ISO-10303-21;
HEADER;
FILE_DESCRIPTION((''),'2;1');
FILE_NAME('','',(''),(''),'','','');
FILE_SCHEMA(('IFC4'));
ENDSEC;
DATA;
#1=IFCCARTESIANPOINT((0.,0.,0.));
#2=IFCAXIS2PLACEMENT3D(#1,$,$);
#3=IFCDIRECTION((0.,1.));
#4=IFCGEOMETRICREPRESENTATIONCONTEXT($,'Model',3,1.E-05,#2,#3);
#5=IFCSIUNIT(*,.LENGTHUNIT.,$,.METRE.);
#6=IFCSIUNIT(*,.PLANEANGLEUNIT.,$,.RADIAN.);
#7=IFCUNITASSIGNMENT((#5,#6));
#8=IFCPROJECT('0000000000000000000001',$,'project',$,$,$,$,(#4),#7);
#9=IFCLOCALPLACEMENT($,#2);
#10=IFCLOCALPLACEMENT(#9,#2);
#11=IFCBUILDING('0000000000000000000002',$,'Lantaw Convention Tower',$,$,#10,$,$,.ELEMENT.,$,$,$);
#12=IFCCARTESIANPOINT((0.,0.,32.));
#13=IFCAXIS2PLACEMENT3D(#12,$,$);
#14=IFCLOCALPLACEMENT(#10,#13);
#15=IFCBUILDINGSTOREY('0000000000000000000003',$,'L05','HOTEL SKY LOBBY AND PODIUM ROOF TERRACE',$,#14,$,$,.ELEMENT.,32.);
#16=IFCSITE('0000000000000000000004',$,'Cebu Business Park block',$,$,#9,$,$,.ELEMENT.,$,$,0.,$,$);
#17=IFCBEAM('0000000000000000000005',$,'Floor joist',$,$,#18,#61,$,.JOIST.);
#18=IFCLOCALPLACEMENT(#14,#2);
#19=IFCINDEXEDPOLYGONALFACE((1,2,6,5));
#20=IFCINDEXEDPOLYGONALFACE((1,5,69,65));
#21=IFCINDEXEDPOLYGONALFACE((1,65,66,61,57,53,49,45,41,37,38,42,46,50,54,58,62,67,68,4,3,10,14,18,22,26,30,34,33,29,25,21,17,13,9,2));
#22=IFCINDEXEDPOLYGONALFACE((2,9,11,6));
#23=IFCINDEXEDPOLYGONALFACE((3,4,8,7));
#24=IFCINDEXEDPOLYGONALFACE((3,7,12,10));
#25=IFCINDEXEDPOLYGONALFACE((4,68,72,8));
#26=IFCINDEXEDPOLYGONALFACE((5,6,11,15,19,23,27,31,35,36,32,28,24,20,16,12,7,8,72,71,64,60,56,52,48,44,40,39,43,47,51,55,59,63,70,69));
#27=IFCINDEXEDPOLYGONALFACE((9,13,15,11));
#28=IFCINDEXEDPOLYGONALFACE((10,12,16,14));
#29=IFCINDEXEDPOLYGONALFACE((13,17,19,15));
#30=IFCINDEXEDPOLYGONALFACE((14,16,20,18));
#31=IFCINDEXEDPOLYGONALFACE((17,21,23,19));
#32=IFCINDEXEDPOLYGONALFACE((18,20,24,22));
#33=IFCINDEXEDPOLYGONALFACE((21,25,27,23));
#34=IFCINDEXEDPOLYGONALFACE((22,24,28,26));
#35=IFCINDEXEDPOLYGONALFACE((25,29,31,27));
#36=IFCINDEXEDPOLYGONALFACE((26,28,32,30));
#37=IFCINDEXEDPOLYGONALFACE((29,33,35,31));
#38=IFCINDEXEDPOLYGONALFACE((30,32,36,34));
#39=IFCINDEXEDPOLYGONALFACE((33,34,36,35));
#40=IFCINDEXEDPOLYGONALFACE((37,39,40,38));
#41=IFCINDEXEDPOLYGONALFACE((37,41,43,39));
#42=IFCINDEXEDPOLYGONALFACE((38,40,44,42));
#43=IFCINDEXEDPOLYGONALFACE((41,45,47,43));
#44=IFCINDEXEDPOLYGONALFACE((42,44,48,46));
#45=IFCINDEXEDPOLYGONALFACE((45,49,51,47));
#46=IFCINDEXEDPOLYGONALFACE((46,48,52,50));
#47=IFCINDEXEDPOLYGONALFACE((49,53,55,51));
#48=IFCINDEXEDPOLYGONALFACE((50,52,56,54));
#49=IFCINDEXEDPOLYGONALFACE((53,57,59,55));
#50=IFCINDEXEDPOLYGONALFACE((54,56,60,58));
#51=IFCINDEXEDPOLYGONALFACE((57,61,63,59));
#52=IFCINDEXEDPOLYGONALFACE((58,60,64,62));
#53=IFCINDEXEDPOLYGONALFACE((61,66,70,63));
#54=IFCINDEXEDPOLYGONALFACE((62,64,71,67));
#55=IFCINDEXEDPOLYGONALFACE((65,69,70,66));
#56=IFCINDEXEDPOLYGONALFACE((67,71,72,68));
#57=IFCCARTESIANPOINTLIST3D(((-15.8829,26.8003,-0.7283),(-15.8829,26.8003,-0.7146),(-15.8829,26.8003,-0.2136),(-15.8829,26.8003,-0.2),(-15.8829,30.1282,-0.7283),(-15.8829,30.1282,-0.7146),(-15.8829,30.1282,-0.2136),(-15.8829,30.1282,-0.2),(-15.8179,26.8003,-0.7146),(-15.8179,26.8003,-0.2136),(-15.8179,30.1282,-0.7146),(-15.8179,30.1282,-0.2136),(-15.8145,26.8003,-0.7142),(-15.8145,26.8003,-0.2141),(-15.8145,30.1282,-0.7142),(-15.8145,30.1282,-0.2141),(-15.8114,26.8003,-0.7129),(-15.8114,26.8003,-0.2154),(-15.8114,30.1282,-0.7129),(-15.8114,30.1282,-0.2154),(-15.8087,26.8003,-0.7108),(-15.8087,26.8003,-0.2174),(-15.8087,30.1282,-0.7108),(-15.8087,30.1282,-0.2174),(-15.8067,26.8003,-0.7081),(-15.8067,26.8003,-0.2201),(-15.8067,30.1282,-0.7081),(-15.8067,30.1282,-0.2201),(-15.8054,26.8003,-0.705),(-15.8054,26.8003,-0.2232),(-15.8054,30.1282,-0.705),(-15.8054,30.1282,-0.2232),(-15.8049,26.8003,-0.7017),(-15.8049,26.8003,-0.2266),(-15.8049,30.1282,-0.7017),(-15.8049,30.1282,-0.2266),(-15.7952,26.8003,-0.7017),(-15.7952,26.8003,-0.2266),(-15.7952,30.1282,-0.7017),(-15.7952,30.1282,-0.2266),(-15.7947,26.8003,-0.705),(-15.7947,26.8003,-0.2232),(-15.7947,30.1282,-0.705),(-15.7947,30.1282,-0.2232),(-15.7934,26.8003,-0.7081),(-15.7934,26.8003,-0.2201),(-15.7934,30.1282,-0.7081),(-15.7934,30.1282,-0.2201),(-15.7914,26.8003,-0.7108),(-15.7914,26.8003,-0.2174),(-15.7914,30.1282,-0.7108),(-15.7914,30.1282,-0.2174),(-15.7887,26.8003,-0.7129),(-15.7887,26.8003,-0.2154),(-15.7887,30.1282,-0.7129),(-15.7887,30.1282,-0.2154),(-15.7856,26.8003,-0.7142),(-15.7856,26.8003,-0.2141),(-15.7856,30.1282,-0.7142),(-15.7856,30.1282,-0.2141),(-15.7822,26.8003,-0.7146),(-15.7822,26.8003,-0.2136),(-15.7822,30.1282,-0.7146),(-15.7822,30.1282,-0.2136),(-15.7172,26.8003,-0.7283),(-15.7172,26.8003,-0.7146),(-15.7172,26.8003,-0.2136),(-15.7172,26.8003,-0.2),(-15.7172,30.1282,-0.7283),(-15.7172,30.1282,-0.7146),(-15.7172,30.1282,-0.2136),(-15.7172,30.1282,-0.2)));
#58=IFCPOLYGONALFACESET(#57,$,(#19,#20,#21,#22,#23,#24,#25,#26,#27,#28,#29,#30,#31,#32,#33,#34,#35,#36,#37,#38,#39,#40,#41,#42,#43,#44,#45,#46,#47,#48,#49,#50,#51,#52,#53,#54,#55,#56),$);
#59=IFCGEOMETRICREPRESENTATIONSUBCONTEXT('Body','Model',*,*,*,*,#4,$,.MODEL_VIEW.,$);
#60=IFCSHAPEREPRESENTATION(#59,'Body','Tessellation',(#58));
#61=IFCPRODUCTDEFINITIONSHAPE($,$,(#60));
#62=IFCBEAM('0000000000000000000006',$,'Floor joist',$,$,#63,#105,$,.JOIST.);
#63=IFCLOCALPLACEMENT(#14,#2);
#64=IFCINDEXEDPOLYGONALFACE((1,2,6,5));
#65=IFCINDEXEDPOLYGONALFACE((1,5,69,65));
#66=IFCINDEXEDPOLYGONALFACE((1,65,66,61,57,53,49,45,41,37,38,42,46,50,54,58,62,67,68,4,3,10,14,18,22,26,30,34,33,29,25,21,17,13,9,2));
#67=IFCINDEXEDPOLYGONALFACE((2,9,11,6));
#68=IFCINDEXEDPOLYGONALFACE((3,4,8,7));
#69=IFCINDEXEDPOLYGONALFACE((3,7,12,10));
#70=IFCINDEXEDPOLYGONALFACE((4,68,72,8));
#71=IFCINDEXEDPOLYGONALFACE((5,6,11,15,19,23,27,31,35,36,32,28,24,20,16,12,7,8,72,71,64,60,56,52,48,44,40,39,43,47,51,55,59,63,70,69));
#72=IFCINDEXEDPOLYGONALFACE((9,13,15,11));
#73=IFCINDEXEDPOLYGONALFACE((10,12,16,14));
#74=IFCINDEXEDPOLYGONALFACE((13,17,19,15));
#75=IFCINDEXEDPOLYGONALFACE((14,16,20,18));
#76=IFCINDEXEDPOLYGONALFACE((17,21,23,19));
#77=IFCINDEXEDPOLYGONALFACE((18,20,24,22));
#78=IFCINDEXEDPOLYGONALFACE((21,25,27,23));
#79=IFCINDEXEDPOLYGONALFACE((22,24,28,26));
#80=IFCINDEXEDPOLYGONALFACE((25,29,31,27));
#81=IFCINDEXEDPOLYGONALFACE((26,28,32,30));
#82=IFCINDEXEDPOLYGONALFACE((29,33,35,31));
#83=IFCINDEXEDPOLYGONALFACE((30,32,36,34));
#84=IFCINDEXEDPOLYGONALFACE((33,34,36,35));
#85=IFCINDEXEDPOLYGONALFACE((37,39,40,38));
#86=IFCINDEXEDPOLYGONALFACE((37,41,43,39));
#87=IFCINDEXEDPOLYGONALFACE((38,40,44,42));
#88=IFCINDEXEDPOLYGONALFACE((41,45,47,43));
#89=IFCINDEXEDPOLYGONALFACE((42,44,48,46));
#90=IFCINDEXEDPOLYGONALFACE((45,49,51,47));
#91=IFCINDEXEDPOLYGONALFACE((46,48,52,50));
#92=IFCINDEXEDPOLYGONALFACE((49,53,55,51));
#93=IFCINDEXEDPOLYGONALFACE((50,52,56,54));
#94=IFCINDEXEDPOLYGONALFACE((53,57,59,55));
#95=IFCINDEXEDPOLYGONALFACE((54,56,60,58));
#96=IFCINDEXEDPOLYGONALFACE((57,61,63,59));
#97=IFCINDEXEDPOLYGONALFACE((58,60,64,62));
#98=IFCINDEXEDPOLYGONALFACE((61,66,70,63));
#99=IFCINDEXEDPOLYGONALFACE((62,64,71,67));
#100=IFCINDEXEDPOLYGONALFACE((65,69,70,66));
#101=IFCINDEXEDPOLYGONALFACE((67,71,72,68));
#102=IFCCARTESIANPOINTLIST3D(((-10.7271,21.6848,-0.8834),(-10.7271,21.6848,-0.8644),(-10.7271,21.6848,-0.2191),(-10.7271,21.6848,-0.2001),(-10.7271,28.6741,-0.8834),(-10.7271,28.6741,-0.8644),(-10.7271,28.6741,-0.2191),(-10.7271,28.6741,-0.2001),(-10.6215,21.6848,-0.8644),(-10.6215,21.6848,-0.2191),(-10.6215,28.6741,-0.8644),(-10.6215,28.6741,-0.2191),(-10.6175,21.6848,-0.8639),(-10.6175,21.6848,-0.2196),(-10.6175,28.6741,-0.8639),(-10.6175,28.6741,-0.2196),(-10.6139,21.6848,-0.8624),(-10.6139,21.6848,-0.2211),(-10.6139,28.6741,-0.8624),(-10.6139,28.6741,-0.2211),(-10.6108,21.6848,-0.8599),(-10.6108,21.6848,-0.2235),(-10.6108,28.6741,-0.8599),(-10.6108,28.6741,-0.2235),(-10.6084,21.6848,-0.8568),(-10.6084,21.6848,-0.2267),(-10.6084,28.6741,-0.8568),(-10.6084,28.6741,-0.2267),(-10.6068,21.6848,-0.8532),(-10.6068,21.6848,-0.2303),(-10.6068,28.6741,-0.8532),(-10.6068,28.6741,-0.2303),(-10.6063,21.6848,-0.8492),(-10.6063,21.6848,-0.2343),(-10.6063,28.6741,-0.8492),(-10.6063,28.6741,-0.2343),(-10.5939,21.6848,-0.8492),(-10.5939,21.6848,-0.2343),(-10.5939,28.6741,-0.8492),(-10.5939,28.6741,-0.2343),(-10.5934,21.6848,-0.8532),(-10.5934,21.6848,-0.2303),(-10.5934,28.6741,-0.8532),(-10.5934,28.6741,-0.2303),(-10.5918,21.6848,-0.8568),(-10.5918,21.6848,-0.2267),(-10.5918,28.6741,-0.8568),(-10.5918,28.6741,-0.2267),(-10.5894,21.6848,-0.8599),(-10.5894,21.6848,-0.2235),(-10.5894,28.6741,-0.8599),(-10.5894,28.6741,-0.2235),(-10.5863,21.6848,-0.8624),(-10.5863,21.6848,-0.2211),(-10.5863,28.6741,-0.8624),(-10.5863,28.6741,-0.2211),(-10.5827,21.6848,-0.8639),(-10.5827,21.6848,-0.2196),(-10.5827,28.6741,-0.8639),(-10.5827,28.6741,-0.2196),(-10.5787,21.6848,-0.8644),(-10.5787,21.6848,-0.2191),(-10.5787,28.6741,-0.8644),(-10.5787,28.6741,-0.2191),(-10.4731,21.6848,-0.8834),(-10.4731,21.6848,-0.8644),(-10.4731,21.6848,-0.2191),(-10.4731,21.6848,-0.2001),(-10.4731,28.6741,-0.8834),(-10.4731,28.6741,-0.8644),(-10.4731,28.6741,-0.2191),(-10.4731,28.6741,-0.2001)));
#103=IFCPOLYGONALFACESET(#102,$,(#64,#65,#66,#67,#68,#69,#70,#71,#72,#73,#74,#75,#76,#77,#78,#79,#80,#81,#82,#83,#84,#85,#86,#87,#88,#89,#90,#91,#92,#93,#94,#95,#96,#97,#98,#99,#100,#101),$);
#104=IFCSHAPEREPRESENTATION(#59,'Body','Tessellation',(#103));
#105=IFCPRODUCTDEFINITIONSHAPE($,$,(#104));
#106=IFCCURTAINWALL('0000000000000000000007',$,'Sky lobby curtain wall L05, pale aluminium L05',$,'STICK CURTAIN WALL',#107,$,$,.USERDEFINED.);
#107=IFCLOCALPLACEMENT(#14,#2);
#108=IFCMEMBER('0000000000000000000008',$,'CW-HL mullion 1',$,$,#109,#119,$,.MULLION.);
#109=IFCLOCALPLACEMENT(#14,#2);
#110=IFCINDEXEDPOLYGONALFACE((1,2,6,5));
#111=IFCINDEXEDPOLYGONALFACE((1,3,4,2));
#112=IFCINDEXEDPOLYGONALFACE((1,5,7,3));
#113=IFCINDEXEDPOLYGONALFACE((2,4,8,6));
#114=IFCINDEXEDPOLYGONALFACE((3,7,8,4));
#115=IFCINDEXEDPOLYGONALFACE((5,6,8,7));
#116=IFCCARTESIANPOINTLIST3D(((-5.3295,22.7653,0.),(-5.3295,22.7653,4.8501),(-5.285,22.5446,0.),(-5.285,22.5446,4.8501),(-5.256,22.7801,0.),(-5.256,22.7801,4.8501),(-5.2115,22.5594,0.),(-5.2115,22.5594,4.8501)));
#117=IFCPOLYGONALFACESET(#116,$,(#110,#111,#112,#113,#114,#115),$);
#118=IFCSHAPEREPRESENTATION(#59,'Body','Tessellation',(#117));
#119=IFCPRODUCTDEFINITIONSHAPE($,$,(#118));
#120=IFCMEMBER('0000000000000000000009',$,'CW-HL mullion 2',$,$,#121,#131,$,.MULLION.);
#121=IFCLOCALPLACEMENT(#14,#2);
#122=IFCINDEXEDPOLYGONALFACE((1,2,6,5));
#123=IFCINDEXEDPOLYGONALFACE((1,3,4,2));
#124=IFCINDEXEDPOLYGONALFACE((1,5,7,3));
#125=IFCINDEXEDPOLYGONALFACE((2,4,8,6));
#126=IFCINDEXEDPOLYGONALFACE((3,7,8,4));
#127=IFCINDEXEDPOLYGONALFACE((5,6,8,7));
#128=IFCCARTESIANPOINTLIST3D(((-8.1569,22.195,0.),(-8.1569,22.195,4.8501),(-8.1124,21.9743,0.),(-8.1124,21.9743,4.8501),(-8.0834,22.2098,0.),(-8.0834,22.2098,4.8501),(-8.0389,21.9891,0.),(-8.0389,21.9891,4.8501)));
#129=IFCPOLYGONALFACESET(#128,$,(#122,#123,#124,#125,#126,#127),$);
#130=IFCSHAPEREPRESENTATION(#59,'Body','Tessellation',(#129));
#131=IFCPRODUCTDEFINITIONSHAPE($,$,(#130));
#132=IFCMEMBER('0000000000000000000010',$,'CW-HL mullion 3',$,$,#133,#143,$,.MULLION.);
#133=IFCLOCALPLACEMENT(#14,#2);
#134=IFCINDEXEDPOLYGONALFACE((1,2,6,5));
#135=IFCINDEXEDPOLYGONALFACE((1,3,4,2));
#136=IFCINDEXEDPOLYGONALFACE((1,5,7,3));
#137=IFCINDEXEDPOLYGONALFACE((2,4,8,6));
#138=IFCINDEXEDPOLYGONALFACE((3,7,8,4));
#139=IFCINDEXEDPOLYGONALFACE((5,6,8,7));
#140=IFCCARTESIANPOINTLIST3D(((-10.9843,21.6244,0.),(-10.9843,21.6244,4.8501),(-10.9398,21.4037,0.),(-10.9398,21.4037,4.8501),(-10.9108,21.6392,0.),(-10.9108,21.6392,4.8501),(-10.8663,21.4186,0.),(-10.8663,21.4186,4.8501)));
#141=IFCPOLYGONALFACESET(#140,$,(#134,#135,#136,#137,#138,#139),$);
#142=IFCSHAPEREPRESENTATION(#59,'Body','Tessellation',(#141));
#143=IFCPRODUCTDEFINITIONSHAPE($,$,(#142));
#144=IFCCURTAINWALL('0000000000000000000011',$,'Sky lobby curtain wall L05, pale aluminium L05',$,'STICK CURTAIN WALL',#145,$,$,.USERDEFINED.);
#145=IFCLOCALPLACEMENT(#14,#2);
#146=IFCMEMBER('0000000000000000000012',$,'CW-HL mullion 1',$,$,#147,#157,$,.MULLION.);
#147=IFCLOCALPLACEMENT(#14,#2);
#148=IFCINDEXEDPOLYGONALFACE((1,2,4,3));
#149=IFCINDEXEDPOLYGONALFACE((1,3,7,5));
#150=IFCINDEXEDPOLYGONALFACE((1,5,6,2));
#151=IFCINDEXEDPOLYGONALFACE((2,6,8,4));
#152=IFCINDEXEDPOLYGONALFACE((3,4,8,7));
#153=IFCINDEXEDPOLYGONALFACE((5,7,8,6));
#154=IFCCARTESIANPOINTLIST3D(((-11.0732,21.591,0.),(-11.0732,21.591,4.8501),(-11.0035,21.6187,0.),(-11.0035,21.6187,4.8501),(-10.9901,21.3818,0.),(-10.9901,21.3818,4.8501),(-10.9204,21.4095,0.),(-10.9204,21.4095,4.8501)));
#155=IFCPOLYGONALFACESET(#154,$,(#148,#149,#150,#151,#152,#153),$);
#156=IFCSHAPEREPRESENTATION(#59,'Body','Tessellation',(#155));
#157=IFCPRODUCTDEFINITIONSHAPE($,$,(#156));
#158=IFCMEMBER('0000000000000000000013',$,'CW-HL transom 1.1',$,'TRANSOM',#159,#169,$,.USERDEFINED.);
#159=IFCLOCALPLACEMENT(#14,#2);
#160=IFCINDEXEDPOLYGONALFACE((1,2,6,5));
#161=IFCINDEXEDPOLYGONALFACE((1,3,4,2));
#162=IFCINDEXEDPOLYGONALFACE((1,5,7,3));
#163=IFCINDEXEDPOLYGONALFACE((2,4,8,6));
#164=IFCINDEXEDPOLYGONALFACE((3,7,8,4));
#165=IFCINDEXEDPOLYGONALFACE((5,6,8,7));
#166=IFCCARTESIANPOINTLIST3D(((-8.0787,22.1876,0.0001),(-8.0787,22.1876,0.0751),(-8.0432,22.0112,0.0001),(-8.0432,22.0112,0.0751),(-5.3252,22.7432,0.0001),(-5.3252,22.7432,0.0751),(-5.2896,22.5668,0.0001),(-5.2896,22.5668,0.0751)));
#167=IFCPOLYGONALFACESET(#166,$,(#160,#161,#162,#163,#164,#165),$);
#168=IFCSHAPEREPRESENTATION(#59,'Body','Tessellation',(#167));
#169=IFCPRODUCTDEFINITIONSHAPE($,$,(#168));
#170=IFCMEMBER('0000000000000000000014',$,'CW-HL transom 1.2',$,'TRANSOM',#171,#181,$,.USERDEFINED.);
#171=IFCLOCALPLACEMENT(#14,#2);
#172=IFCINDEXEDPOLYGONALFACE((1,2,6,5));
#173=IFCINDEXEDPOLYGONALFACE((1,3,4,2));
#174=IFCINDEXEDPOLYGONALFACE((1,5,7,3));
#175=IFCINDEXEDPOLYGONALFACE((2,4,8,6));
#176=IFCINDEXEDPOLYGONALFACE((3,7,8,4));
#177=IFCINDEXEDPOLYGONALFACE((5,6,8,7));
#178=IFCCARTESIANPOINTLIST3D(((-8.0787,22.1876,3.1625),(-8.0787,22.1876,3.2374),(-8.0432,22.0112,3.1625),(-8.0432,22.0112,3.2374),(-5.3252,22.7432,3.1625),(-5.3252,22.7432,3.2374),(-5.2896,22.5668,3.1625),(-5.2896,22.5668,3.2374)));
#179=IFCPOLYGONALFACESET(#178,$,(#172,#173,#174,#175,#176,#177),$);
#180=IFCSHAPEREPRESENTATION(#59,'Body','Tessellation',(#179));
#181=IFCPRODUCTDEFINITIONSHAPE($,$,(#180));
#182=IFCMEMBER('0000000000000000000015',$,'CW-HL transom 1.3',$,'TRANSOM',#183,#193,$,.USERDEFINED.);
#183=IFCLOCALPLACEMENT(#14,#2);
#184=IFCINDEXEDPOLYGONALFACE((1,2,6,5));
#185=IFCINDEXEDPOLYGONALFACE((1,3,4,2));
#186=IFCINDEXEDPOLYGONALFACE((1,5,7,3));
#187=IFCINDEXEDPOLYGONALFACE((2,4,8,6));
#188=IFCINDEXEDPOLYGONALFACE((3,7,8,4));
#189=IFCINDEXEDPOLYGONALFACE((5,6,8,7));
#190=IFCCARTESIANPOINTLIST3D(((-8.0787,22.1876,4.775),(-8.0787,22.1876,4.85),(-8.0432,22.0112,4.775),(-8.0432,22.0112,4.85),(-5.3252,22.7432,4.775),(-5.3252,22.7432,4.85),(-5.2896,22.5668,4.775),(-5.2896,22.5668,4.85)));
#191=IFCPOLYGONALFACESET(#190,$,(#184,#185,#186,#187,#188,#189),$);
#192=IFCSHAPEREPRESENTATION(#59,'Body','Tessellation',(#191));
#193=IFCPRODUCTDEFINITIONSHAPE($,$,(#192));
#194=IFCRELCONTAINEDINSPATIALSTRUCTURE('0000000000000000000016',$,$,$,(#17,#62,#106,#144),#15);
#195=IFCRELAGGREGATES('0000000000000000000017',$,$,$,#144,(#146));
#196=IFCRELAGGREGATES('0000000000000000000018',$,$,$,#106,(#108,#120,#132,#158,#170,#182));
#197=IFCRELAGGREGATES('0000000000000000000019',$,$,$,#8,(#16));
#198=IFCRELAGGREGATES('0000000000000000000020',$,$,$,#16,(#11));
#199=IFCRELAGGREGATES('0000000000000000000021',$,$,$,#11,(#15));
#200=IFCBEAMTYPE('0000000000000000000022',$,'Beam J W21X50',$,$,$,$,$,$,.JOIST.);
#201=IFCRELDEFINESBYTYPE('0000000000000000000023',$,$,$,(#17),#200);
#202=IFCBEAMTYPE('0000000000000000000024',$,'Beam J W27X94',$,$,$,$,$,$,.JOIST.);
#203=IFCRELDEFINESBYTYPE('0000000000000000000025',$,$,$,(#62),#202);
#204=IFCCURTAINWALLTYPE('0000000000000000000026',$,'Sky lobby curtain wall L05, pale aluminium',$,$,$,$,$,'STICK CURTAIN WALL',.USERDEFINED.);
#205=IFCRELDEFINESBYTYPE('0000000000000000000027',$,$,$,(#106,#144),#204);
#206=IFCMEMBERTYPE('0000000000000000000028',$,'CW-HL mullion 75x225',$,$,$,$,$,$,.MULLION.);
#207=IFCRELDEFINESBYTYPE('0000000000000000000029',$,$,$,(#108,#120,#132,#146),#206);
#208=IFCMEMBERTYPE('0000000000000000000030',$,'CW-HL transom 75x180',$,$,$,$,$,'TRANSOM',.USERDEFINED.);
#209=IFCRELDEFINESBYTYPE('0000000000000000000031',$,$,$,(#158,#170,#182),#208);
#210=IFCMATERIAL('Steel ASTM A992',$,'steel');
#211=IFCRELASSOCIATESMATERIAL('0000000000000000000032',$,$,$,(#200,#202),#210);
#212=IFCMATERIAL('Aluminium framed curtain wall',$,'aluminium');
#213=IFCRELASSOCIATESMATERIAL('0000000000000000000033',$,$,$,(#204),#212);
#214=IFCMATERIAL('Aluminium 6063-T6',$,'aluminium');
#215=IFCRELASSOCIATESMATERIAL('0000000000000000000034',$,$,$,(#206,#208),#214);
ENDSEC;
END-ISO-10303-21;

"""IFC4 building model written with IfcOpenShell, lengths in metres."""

from ifc_helpers import new_model, si_unit, direction, frame, origin, origin_2d, place, context, subcontext, project, spatial, rectangle, i_section, extrude, material, material_profile, profile_set, type_object, element, aggregate, save


model = new_model("IFC4")

# Units and contexts
model_context = context("Model", 3, precision=1e-05, world=origin(), true_north=direction((0.0, 1.0)))
body_context = subcontext(model_context, "Body", "Model", "MODEL_VIEW")
ifc_project = project(units=[si_unit("LENGTHUNIT", "METRE"), si_unit("PLANEANGLEUNIT", "RADIAN")], contexts=[model_context])

# Site, building, storey
site_placement = place(None, origin())
site = spatial("IfcSite", under=ifc_project, at=site_placement, Name="Cebu Business Park block", CompositionType="ELEMENT", RefElevation=0.0)
building_placement = place(site_placement, origin())
building = spatial("IfcBuilding", under=site, at=building_placement, Name="Lantaw Convention Tower", CompositionType="ELEMENT")
storey_placement = place(building_placement, frame((0.0, 0.0, 32.0)))
storey = spatial("IfcBuildingStorey", under=building, at=storey_placement, Name="L05", Description="HOTEL SKY LOBBY AND PODIUM ROOF TERRACE", CompositionType="ELEMENT", Elevation=32.0)

# Beams
ifc_material_1 = material(Name="Steel ASTM A992", Category="steel")
ifc_material_profile_1 = material_profile(ifc_material_1, i_section(OverallWidth=0.1658, OverallDepth=0.5283, WebThickness=0.0098, FlangeThickness=0.0137, FilletRadius=0.0129, at=origin_2d()), Name="W21X50")
ifc_profile_set_1 = profile_set([ifc_material_profile_1], Name="Steel ASTM A992")
beam_type_1 = type_object("IfcBeamType", Name="Beam J W21X50", PredefinedType="JOIST", material=ifc_profile_set_1)
beam_1_placement = place(storey_placement, frame((-15.8, 26.8003, -0.4641), z_axis=(0.0, 1.0, 0.0), x_axis=(-1.0, 0.0, 0.0)))
element("IfcBeam", 1, at=beam_1_placement, inside=storey, type_object=beam_type_1, Name="Floor joist", PredefinedType="JOIST", context=body_context, shape_type="SweptSolid", body=[
    extrude(i_section(OverallWidth=0.1658, OverallDepth=0.5283, WebThickness=0.0098, FlangeThickness=0.0137, FilletRadius=0.0129, at=origin_2d()), origin(), (0.0, 0.0, 1.0), 3.3279),
])
ifc_material_profile_2 = material_profile(ifc_material_1, i_section(OverallWidth=0.2539, OverallDepth=0.6833, WebThickness=0.0125, FlangeThickness=0.019, FilletRadius=0.0151, at=origin_2d()), Name="W27X94")
ifc_profile_set_2 = profile_set([ifc_material_profile_2], Name="Steel ASTM A992")
beam_type_2 = type_object("IfcBeamType", Name="Beam J W27X94", PredefinedType="JOIST", material=ifc_profile_set_2)
beam_2_placement = place(storey_placement, frame((-10.6001, 21.6848, -0.5417), z_axis=(0.0, 1.0, 0.0), x_axis=(-1.0, 0.0, 0.0)))
element("IfcBeam", 2, at=beam_2_placement, inside=storey, type_object=beam_type_2, Name="Floor joist", PredefinedType="JOIST", context=body_context, shape_type="SweptSolid", body=[
    extrude(i_section(OverallWidth=0.2539, OverallDepth=0.6833, WebThickness=0.0125, FlangeThickness=0.019, FilletRadius=0.0151, at=origin_2d()), origin(), (0.0, 0.0, 1.0), 6.9893),
])

# Curtain wall, members
ifc_material_2 = material(Name="Aluminium framed curtain wall", Category="aluminium")
curtain_wall_type = type_object("IfcCurtainWallType", Name="Sky lobby curtain wall L05, pale aluminium", ElementType="STICK CURTAIN WALL", PredefinedType="USERDEFINED", material=ifc_material_2)
curtain_wall_1_placement = place(storey_placement, origin())
curtain_wall_1 = element("IfcCurtainWall", 3, at=curtain_wall_1_placement, inside=storey, type_object=curtain_wall_type, Name="Sky lobby curtain wall L05, pale aluminium L05", ObjectType="STICK CURTAIN WALL", PredefinedType="USERDEFINED")
ifc_material_3 = material(Name="Aluminium 6063-T6", Category="aluminium")
ifc_material_profile_3 = material_profile(ifc_material_3, rectangle(XDim=0.2251, YDim=0.075, at=origin_2d()), Name="CW-HL mullion 75x225")
ifc_profile_set_3 = profile_set([ifc_material_profile_3], Name="Aluminium 6063-T6")
member_type_1 = type_object("IfcMemberType", Name="CW-HL mullion 75x225", PredefinedType="MULLION", material=ifc_profile_set_3)
member_1_placement = place(storey_placement, frame((-5.2705, 22.6624, 0.0), z_axis=(0.0, 0.0, 1.0), x_axis=(0.197789, -0.980245, 0.0)))
member_1 = element("IfcMember", 4, at=member_1_placement, type_object=member_type_1, Name="CW-HL mullion 1", PredefinedType="MULLION", context=body_context, shape_type="SweptSolid", body=[
    extrude(rectangle(XDim=0.2251, YDim=0.075, at=origin_2d()), origin(), (0.0, 0.0, 1.0), 4.8501),
])
member_2_placement = place(storey_placement, frame((-8.0979, 22.092, 0.0), z_axis=(0.0, 0.0, 1.0), x_axis=(0.197789, -0.980245, 0.0)))
member_2 = element("IfcMember", 5, at=member_2_placement, type_object=member_type_1, Name="CW-HL mullion 2", PredefinedType="MULLION", context=body_context, shape_type="SweptSolid", body=[
    extrude(rectangle(XDim=0.2251, YDim=0.075, at=origin_2d()), origin(), (0.0, 0.0, 1.0), 4.8501),
])
member_3_placement = place(storey_placement, frame((-10.9253, 21.5215, 0.0), z_axis=(0.0, 0.0, 1.0), x_axis=(0.197789, -0.980245, 0.0)))
member_3 = element("IfcMember", 6, at=member_3_placement, type_object=member_type_1, Name="CW-HL mullion 3", PredefinedType="MULLION", context=body_context, shape_type="SweptSolid", body=[
    extrude(rectangle(XDim=0.2251, YDim=0.075, at=origin_2d()), origin(), (0.0, 0.0, 1.0), 4.8501),
])

# Curtain wall, member
curtain_wall_2_placement = place(storey_placement, origin())
curtain_wall_2 = element("IfcCurtainWall", 7, at=curtain_wall_2_placement, inside=storey, type_object=curtain_wall_type, Name="Sky lobby curtain wall L05, pale aluminium L05", ObjectType="STICK CURTAIN WALL", PredefinedType="USERDEFINED")
member_4_placement = place(storey_placement, frame((-10.9968, 21.5002, 0.0), z_axis=(0.0, 0.0, 1.0), x_axis=(0.369172, -0.929361, 0.0)))
member_4 = element("IfcMember", 8, at=member_4_placement, type_object=member_type_1, Name="CW-HL mullion 1", PredefinedType="MULLION", context=body_context, shape_type="SweptSolid", body=[
    extrude(rectangle(XDim=0.2251, YDim=0.075, at=origin_2d()), origin(), (0.0, 0.0, 1.0), 4.8501),
])

# Members
ifc_material_profile_4 = material_profile(ifc_material_3, rectangle(XDim=0.1799, YDim=0.075, at=origin_2d()), Name="CW-HL transom 75x180")
ifc_profile_set_4 = profile_set([ifc_material_profile_4], Name="Aluminium 6063-T6")
member_type_2 = type_object("IfcMemberType", Name="CW-HL transom 75x180", ElementType="TRANSOM", PredefinedType="USERDEFINED", material=ifc_profile_set_4)
member_5_placement = place(storey_placement, frame((-5.3074, 22.655, 0.0376), z_axis=(-0.980242, -0.197804, 0.0), x_axis=(0.197804, -0.980242, 0.0)))
member_5 = element("IfcMember", 9, at=member_5_placement, type_object=member_type_2, Name="CW-HL transom 1.1", ObjectType="TRANSOM", PredefinedType="USERDEFINED", context=body_context, shape_type="SweptSolid", body=[
    extrude(rectangle(XDim=0.1799, YDim=0.075, at=origin_2d()), origin(), (0.0, 0.0, 1.0), 2.8091),
])
member_6_placement = place(storey_placement, frame((-5.3074, 22.655, 3.2), z_axis=(-0.980242, -0.197804, 0.0), x_axis=(0.197804, -0.980242, 0.0)))
member_6 = element("IfcMember", 10, at=member_6_placement, type_object=member_type_2, Name="CW-HL transom 1.2", ObjectType="TRANSOM", PredefinedType="USERDEFINED", context=body_context, shape_type="SweptSolid", body=[
    extrude(rectangle(XDim=0.1799, YDim=0.075, at=origin_2d()), origin(), (0.0, 0.0, 1.0), 2.8091),
])
member_7_placement = place(storey_placement, frame((-5.3074, 22.655, 4.8125), z_axis=(-0.980242, -0.197804, 0.0), x_axis=(0.197804, -0.980242, 0.0)))
member_7 = element("IfcMember", 11, at=member_7_placement, type_object=member_type_2, Name="CW-HL transom 1.3", ObjectType="TRANSOM", PredefinedType="USERDEFINED", context=body_context, shape_type="SweptSolid", body=[
    extrude(rectangle(XDim=0.1799, YDim=0.075, at=origin_2d()), origin(), (0.0, 0.0, 1.0), 2.8091),
])
aggregate(curtain_wall_2, [member_4])

aggregate(curtain_wall_1, [member_1, member_2, member_3, member_5, member_6, member_7])

save(model, "model.ifc")
